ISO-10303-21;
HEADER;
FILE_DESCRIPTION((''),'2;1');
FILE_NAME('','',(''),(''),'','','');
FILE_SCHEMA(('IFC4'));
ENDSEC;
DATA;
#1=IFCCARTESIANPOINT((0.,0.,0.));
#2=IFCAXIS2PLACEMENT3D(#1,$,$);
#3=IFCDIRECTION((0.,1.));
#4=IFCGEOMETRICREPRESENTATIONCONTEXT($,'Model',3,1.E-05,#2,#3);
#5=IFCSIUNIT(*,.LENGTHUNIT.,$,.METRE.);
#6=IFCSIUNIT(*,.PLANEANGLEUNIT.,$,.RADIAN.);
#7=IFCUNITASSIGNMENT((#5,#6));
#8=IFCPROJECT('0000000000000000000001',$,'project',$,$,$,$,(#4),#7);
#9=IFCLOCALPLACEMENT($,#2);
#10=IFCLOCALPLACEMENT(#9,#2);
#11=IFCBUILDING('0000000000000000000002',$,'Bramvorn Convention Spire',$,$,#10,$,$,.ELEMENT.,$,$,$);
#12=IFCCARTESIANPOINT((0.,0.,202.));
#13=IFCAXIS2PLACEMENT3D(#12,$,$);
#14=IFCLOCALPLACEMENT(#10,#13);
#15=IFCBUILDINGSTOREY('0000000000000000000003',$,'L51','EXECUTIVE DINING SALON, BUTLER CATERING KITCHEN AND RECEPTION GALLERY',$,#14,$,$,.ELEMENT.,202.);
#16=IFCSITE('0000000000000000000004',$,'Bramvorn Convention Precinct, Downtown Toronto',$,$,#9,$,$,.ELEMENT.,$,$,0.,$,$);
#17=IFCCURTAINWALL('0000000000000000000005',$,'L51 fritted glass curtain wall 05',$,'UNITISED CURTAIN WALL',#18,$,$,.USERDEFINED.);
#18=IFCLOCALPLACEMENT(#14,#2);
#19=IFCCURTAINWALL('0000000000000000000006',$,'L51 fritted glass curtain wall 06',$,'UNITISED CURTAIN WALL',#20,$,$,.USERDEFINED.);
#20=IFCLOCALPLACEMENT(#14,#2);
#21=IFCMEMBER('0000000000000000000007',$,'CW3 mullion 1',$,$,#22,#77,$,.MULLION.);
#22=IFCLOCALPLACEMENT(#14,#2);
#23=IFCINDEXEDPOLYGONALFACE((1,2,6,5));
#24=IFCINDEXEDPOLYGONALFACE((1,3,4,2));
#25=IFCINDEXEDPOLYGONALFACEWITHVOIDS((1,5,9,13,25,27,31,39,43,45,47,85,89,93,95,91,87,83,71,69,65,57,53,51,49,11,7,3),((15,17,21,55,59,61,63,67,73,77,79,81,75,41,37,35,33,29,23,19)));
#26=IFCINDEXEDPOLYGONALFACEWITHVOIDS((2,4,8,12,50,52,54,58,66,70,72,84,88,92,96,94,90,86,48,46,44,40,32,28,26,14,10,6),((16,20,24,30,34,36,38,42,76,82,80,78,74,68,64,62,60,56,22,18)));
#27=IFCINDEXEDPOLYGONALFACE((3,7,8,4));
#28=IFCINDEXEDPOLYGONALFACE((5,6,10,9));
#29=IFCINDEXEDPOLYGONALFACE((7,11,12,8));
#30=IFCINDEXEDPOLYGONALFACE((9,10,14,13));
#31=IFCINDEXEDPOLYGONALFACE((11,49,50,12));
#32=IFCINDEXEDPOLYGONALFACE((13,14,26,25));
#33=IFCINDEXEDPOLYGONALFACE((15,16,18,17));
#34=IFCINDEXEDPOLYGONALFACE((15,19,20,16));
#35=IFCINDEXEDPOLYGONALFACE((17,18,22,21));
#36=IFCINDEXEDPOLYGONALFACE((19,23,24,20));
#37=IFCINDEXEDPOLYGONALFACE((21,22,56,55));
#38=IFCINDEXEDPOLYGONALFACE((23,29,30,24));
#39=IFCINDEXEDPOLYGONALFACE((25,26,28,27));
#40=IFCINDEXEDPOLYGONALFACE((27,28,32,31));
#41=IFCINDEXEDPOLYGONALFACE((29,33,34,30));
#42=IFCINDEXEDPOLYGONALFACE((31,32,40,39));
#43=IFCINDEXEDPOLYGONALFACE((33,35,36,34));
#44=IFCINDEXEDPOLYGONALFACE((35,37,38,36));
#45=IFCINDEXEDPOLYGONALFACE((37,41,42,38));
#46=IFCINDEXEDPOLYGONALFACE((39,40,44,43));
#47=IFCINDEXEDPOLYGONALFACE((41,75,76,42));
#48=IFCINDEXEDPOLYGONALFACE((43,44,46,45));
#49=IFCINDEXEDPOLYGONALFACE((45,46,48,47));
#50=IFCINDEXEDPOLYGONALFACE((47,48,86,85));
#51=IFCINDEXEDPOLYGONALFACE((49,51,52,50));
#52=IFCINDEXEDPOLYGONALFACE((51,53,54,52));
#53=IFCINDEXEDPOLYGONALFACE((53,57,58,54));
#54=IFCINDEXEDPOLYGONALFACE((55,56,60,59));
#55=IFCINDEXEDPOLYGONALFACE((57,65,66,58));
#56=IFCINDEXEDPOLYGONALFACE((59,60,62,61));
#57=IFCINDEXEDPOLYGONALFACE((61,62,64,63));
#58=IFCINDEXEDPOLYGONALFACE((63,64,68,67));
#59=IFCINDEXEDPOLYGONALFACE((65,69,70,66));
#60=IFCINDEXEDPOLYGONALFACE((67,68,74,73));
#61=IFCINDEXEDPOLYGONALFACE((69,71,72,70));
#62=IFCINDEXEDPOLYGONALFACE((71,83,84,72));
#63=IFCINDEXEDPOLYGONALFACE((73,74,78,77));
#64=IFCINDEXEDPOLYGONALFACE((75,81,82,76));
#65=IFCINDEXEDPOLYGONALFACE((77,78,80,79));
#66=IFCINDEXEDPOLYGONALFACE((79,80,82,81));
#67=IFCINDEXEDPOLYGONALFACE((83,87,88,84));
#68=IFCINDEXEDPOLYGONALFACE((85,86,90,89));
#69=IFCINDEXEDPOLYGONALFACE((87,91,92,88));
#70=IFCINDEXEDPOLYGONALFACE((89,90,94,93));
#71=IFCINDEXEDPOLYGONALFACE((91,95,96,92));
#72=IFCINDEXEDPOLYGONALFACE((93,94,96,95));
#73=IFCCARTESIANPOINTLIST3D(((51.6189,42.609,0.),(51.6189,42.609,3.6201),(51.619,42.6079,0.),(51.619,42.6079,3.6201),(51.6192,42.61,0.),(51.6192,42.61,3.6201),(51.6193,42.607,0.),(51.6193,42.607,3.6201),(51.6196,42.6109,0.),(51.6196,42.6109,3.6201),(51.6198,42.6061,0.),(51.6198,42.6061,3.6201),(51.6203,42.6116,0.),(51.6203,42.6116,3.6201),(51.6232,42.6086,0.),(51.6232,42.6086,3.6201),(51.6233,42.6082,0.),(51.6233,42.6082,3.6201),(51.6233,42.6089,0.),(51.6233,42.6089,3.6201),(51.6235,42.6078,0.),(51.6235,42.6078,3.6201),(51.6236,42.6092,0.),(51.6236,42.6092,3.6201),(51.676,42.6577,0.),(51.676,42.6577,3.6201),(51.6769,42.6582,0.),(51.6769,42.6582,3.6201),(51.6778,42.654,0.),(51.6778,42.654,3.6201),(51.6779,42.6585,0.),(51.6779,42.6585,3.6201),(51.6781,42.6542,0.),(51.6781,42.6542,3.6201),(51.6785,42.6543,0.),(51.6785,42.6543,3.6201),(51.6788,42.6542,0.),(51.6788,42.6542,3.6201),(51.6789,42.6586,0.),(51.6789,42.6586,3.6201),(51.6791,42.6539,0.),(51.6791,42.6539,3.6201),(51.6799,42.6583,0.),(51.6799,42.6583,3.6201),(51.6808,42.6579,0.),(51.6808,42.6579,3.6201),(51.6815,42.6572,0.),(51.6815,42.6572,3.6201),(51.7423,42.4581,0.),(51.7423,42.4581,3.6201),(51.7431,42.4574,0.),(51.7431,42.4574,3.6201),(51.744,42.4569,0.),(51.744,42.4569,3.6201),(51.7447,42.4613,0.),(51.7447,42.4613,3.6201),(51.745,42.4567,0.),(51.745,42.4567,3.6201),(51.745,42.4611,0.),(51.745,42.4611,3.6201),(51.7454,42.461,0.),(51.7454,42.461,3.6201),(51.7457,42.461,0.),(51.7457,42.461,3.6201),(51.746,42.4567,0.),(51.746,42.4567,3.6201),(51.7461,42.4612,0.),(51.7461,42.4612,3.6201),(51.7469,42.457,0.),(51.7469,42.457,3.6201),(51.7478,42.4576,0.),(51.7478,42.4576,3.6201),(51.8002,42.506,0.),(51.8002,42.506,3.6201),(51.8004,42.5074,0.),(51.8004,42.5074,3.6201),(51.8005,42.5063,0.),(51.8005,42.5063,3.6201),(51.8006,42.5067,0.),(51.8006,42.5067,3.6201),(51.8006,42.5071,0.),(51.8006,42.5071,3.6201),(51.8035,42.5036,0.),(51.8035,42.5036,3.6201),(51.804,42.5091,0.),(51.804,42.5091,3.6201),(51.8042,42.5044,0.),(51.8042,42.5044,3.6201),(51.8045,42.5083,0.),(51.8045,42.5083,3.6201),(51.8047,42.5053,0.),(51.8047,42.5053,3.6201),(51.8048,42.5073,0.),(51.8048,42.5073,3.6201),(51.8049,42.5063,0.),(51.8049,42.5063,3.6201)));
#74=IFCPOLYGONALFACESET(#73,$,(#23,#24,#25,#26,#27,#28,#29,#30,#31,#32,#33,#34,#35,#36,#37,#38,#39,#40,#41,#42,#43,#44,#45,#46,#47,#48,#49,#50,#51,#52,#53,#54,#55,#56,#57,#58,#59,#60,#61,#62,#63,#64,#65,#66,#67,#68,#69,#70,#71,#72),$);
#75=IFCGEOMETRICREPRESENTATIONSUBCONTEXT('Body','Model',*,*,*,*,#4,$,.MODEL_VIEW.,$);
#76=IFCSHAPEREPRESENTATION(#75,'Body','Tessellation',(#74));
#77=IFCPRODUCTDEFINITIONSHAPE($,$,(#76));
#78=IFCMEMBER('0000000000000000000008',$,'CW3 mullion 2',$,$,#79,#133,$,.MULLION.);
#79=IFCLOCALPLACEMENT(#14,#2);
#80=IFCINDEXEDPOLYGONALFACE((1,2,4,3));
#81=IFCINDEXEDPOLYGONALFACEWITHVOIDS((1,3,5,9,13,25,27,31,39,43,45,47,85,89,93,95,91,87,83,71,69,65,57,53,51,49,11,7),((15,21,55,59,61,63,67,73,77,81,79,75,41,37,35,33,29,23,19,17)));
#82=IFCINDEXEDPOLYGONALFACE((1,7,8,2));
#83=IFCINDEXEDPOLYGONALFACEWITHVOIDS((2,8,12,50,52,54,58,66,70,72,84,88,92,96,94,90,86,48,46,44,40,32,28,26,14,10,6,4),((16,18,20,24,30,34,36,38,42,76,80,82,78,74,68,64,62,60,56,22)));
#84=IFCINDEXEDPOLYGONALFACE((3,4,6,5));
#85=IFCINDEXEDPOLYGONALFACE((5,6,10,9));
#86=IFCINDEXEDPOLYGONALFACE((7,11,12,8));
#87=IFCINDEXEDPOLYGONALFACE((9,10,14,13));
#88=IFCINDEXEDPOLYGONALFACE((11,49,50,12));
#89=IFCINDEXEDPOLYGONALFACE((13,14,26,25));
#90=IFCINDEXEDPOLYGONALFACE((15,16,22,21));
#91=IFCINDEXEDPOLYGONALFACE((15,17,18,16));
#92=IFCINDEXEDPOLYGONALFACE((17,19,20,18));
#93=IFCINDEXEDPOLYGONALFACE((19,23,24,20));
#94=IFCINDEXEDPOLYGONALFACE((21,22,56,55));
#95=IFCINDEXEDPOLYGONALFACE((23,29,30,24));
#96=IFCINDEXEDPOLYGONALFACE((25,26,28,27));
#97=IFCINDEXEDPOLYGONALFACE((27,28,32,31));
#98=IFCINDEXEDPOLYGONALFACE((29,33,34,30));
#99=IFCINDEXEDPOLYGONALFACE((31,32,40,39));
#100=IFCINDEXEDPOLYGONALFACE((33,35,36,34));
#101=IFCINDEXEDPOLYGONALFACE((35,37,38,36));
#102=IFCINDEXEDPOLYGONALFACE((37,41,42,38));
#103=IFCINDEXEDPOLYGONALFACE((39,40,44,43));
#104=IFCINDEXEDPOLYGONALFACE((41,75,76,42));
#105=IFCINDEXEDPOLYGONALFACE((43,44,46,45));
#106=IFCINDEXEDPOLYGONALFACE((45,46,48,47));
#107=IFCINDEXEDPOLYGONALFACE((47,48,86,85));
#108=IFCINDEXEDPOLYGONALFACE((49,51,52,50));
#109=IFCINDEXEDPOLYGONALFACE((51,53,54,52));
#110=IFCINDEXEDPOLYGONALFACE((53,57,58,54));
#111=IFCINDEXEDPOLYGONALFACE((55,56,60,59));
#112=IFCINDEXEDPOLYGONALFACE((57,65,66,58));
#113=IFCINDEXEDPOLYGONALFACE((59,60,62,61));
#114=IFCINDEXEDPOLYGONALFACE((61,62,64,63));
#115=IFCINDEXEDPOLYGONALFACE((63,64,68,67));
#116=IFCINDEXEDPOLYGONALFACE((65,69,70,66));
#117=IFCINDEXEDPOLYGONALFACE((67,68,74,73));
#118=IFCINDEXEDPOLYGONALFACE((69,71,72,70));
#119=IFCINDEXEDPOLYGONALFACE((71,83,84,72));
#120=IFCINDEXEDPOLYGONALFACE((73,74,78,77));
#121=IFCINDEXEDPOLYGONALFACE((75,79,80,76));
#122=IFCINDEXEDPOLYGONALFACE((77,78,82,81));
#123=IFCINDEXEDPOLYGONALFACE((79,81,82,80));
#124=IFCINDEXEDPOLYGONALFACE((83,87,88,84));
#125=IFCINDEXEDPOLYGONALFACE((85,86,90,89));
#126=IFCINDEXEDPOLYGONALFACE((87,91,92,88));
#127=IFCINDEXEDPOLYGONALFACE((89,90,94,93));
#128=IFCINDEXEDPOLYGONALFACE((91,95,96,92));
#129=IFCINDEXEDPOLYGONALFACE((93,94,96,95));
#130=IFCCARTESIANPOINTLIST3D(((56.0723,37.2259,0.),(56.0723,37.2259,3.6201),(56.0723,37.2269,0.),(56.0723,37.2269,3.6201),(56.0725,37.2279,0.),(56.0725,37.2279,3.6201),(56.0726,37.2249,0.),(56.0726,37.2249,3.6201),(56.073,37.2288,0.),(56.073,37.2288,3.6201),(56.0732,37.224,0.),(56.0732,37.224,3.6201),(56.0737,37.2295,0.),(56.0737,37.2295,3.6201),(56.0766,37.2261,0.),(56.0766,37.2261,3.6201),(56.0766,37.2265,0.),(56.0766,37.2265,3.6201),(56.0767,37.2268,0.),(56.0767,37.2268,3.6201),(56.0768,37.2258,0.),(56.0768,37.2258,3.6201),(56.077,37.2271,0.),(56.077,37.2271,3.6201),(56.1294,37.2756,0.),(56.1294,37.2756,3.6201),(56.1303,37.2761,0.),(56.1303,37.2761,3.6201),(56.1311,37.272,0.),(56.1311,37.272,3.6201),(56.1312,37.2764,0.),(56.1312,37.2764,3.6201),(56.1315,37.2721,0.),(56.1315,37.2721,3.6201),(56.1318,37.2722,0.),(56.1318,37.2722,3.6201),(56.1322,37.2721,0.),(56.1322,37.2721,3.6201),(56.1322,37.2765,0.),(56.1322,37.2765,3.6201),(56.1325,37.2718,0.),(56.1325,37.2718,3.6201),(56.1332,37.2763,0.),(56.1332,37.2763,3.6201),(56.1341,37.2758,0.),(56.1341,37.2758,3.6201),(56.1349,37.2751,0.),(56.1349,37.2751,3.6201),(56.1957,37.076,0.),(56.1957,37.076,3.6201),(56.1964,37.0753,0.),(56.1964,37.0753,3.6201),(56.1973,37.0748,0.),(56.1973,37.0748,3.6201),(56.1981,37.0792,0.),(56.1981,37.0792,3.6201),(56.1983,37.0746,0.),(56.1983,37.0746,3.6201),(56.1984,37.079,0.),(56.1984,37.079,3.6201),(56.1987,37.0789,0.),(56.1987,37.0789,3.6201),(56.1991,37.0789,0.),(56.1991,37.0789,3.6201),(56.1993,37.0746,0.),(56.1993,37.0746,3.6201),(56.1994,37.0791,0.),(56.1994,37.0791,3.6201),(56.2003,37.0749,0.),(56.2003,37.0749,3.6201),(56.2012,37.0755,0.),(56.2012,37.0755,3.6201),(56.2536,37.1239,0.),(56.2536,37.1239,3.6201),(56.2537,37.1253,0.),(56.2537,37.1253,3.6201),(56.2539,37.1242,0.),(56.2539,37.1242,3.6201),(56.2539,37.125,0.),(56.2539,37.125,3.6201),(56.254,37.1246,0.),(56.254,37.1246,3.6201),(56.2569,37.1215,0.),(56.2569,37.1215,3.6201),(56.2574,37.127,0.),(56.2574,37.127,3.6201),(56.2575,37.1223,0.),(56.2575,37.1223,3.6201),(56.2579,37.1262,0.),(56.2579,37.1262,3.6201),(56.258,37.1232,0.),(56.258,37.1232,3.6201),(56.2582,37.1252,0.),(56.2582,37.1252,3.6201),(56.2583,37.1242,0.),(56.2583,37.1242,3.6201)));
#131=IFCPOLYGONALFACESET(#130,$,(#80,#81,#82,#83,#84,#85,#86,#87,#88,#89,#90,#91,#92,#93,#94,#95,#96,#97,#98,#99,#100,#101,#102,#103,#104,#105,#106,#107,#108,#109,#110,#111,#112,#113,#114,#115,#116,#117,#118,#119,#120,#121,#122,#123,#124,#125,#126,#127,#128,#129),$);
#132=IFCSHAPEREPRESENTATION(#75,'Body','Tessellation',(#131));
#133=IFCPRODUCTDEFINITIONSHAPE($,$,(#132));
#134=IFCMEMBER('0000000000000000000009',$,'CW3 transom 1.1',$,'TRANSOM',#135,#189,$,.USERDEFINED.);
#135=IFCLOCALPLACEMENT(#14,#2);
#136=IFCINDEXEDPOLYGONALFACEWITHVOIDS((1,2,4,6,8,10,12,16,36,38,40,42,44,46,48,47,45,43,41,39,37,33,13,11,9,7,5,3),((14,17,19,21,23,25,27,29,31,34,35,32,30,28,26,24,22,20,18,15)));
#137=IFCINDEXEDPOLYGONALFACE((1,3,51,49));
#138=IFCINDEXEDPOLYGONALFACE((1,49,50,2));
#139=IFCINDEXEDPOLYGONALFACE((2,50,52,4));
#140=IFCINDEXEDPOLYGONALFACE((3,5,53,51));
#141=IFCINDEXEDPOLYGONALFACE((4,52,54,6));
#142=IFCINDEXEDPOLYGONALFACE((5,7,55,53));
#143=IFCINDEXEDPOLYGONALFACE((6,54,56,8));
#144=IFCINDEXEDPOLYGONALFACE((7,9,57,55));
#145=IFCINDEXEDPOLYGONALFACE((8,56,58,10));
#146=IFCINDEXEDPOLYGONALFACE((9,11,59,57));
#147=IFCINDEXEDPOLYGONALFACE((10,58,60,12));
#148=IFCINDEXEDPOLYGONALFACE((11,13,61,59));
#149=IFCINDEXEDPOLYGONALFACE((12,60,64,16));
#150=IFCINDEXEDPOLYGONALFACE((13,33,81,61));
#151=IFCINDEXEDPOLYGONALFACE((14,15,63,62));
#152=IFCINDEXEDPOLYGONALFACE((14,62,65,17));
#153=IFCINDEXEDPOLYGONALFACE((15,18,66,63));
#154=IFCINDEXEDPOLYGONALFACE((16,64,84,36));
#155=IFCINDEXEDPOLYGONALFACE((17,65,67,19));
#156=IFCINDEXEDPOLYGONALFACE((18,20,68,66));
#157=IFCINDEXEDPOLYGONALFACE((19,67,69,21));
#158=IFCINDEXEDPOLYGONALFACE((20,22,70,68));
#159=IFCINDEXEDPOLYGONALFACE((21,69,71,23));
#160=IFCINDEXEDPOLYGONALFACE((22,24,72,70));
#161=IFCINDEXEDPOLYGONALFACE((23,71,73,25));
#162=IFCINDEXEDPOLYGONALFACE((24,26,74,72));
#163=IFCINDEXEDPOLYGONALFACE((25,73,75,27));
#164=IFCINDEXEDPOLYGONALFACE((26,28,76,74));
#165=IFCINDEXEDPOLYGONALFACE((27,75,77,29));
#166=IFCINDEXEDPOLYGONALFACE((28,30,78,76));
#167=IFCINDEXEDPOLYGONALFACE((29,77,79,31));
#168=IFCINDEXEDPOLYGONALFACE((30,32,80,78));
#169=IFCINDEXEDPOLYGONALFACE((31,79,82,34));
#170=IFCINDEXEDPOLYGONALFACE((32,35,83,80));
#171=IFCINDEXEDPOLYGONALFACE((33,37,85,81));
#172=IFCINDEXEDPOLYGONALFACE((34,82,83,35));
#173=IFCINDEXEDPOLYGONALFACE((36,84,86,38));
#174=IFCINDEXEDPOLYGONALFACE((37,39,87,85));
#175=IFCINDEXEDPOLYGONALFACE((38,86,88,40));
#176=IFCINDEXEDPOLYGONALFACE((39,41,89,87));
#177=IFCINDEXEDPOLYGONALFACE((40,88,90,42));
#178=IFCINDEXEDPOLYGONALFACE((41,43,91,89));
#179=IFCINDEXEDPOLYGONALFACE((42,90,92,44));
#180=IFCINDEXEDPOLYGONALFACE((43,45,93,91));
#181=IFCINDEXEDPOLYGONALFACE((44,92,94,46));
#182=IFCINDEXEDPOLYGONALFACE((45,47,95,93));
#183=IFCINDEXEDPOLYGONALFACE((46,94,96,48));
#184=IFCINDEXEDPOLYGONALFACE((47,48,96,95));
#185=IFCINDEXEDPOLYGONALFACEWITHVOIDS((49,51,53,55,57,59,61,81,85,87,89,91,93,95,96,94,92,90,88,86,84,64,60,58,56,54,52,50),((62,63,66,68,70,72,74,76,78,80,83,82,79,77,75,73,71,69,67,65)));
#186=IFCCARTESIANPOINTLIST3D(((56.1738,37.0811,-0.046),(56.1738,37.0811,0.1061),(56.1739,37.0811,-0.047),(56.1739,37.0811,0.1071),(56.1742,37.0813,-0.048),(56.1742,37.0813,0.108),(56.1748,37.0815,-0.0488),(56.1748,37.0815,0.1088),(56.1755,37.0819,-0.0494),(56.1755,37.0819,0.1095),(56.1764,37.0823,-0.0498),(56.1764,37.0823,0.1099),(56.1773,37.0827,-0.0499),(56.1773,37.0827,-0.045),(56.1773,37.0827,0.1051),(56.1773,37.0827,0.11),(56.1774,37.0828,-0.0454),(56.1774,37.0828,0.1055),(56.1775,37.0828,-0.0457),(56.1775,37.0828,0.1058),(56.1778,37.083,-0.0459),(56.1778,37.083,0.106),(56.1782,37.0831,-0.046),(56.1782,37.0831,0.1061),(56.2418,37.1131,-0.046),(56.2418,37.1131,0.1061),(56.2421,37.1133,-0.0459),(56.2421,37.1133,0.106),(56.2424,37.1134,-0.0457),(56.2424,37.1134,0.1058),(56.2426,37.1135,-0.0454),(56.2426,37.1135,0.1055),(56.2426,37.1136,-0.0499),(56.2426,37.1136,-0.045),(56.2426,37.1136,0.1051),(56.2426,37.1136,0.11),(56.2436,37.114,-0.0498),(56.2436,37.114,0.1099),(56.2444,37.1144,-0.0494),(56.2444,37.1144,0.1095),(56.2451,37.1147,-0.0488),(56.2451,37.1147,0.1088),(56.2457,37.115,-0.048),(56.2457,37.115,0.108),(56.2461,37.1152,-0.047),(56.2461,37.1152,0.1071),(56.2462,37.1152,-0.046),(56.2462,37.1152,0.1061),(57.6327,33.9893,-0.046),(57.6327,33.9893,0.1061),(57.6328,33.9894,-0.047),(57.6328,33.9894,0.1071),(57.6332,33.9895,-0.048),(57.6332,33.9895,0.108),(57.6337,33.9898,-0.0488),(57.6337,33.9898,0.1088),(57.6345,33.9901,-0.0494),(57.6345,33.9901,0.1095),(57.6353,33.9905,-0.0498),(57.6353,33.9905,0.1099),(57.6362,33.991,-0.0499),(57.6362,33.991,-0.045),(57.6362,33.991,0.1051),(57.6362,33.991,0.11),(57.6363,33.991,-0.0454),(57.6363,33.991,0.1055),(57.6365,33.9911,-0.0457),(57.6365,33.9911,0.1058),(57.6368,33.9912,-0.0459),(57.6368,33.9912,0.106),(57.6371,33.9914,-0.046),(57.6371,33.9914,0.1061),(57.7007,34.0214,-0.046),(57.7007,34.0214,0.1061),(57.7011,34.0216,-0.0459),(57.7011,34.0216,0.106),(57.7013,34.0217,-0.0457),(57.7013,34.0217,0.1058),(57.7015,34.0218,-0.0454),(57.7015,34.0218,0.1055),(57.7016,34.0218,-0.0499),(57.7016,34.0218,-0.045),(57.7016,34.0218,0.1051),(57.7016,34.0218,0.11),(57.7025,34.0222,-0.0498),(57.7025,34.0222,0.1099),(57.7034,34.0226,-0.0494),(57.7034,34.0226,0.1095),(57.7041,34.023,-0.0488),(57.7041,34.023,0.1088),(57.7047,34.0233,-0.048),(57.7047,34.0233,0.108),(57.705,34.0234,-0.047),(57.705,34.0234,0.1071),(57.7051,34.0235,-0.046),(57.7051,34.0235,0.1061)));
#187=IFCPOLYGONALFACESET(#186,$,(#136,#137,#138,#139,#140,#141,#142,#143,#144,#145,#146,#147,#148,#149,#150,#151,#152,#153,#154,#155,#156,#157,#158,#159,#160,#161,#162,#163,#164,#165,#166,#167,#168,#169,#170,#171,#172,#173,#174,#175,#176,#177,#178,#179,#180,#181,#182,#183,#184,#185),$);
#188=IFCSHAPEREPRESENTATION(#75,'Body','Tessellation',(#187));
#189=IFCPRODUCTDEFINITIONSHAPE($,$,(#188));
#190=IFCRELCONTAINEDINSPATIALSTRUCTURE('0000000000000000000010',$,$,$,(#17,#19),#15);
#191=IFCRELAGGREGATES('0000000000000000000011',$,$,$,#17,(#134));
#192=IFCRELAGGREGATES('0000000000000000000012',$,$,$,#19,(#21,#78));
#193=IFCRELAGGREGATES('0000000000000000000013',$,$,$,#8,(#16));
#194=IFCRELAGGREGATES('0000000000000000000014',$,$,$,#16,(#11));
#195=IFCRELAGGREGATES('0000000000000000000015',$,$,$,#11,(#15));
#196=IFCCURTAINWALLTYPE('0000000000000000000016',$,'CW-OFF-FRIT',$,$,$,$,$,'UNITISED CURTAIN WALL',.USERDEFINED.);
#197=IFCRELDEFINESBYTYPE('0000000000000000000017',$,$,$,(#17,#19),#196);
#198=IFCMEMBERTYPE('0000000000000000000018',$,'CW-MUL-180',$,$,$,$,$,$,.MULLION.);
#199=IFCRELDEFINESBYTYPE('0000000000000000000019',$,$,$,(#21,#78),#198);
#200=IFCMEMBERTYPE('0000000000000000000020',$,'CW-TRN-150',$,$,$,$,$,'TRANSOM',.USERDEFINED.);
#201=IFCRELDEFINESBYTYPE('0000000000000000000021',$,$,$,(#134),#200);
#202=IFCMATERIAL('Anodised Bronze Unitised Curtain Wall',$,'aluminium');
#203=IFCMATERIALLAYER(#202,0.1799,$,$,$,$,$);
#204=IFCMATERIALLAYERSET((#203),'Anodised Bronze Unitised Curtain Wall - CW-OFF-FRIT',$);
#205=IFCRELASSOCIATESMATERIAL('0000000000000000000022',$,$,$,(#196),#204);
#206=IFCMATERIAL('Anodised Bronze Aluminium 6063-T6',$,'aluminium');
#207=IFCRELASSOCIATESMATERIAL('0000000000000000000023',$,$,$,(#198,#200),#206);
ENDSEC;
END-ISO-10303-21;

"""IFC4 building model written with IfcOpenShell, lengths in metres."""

from ifc_helpers import new_model, si_unit, direction, frame, origin, origin_2d, place, context, subcontext, project, spatial, hollow_rectangle, extrude, material, layer, layer_set, material_profile, profile_set, type_object, element, aggregate, save


model = new_model("IFC4")

# Units and contexts
model_context = context("Model", 3, precision=1e-05, world=origin(), true_north=direction((0.0, 1.0)))
body_context = subcontext(model_context, "Body", "Model", "MODEL_VIEW")
ifc_project = project(units=[si_unit("LENGTHUNIT", "METRE"), si_unit("PLANEANGLEUNIT", "RADIAN")], contexts=[model_context])

# Site, building, storey
site_placement = place(None, origin())
site = spatial("IfcSite", under=ifc_project, at=site_placement, Name="Bramvorn Convention Precinct, Downtown Toronto", CompositionType="ELEMENT", RefElevation=0.0)
building_placement = place(site_placement, origin())
building = spatial("IfcBuilding", under=site, at=building_placement, Name="Bramvorn Convention Spire", CompositionType="ELEMENT")
storey_placement = place(building_placement, frame((0.0, 0.0, 202.0)))
storey = spatial("IfcBuildingStorey", under=building, at=storey_placement, Name="L51", Description="EXECUTIVE DINING SALON, BUTLER CATERING KITCHEN AND RECEPTION GALLERY", CompositionType="ELEMENT", Elevation=202.0)

# Curtain walls, members
ifc_material_1 = material(Name="Anodised Bronze Unitised Curtain Wall", Category="aluminium")
ifc_layer_1 = layer(ifc_material_1, 0.1799)
ifc_layer_set_1 = layer_set([ifc_layer_1], Name="Anodised Bronze Unitised Curtain Wall - CW-OFF-FRIT")
curtain_wall_type = type_object("IfcCurtainWallType", Name="CW-OFF-FRIT", ElementType="UNITISED CURTAIN WALL", PredefinedType="USERDEFINED", material=ifc_layer_set_1)
curtain_wall_1_placement = place(storey_placement, origin())
curtain_wall_1 = element("IfcCurtainWall", 1, at=curtain_wall_1_placement, inside=storey, type_object=curtain_wall_type, Name="L51 fritted glass curtain wall 05", ObjectType="UNITISED CURTAIN WALL", PredefinedType="USERDEFINED")
ifc_material_2 = material(Name="Anodised Bronze Aluminium 6063-T6", Category="aluminium")
ifc_material_profile_1 = material_profile(ifc_material_2, hollow_rectangle(XDim=0.0801, YDim=0.2, WallThickness=0.0039, InnerFilletRadius=0.001, OuterFilletRadius=0.0039, at=origin_2d()))
ifc_profile_set_1 = profile_set([ifc_material_profile_1], Name="Anodised Bronze Aluminium 6063-T6 - CWM80X200")
member_type_1 = type_object("IfcMemberType", Name="CW-MUL-180", PredefinedType="MULLION", material=ifc_profile_set_1)
curtain_wall_2_placement = place(storey_placement, origin())
curtain_wall_2 = element("IfcCurtainWall", 2, at=curtain_wall_2_placement, inside=storey, type_object=curtain_wall_type, Name="L51 fritted glass curtain wall 06", ObjectType="UNITISED CURTAIN WALL", PredefinedType="USERDEFINED")
member_1_placement = place(storey_placement, frame((51.7119, 42.5576, 0.0), z_axis=(0.0, 0.0, 1.0), x_axis=(0.770462, 0.637486, 0.0)))
member_1 = element("IfcMember", 3, at=member_1_placement, type_object=member_type_1, Name="CW3 mullion 1", PredefinedType="MULLION", context=body_context, shape_type="SweptSolid", body=[
    extrude(hollow_rectangle(XDim=0.0801, YDim=0.2, WallThickness=0.0039, InnerFilletRadius=0.001, OuterFilletRadius=0.0039, at=origin_2d()), origin(), (0.0, 0.0, 1.0), 3.6201),
])
member_2_placement = place(storey_placement, frame((56.1653, 37.1755, 0.0), z_axis=(0.0, 0.0, 1.0), x_axis=(0.770462, 0.637486, 0.0)))
member_2 = element("IfcMember", 4, at=member_2_placement, type_object=member_type_1, Name="CW3 mullion 2", PredefinedType="MULLION", context=body_context, shape_type="SweptSolid", body=[
    extrude(hollow_rectangle(XDim=0.0801, YDim=0.2, WallThickness=0.0039, InnerFilletRadius=0.001, OuterFilletRadius=0.0039, at=origin_2d()), origin(), (0.0, 0.0, 1.0), 3.6201),
])

# Member
ifc_material_profile_2 = material_profile(ifc_material_2, hollow_rectangle(XDim=0.0801, YDim=0.1599, WallThickness=0.0039, InnerFilletRadius=0.001, OuterFilletRadius=0.0039, at=origin_2d()))
ifc_profile_set_2 = profile_set([ifc_material_profile_2], Name="Anodised Bronze Aluminium 6063-T6 - CWT80X160")
member_type_2 = type_object("IfcMemberType", Name="CW-TRN-150", ElementType="TRANSOM", PredefinedType="USERDEFINED", material=ifc_profile_set_2)
member_3_placement = place(storey_placement, frame((56.21, 37.0981, 0.03), z_axis=(0.42676, -0.904365, 0.0), x_axis=(0.904365, 0.42676, 0.0)))
member_3 = element("IfcMember", 5, at=member_3_placement, type_object=member_type_2, Name="CW3 transom 1.1", ObjectType="TRANSOM", PredefinedType="USERDEFINED", context=body_context, shape_type="SweptSolid", body=[
    extrude(hollow_rectangle(XDim=0.0801, YDim=0.1599, WallThickness=0.0039, InnerFilletRadius=0.001, OuterFilletRadius=0.0039, at=origin_2d()), origin(), (0.0, 0.0, 1.0), 3.4187),
])

aggregate(curtain_wall_1, [member_3])
aggregate(curtain_wall_2, [member_1, member_2])

save(model, "model.ifc")
